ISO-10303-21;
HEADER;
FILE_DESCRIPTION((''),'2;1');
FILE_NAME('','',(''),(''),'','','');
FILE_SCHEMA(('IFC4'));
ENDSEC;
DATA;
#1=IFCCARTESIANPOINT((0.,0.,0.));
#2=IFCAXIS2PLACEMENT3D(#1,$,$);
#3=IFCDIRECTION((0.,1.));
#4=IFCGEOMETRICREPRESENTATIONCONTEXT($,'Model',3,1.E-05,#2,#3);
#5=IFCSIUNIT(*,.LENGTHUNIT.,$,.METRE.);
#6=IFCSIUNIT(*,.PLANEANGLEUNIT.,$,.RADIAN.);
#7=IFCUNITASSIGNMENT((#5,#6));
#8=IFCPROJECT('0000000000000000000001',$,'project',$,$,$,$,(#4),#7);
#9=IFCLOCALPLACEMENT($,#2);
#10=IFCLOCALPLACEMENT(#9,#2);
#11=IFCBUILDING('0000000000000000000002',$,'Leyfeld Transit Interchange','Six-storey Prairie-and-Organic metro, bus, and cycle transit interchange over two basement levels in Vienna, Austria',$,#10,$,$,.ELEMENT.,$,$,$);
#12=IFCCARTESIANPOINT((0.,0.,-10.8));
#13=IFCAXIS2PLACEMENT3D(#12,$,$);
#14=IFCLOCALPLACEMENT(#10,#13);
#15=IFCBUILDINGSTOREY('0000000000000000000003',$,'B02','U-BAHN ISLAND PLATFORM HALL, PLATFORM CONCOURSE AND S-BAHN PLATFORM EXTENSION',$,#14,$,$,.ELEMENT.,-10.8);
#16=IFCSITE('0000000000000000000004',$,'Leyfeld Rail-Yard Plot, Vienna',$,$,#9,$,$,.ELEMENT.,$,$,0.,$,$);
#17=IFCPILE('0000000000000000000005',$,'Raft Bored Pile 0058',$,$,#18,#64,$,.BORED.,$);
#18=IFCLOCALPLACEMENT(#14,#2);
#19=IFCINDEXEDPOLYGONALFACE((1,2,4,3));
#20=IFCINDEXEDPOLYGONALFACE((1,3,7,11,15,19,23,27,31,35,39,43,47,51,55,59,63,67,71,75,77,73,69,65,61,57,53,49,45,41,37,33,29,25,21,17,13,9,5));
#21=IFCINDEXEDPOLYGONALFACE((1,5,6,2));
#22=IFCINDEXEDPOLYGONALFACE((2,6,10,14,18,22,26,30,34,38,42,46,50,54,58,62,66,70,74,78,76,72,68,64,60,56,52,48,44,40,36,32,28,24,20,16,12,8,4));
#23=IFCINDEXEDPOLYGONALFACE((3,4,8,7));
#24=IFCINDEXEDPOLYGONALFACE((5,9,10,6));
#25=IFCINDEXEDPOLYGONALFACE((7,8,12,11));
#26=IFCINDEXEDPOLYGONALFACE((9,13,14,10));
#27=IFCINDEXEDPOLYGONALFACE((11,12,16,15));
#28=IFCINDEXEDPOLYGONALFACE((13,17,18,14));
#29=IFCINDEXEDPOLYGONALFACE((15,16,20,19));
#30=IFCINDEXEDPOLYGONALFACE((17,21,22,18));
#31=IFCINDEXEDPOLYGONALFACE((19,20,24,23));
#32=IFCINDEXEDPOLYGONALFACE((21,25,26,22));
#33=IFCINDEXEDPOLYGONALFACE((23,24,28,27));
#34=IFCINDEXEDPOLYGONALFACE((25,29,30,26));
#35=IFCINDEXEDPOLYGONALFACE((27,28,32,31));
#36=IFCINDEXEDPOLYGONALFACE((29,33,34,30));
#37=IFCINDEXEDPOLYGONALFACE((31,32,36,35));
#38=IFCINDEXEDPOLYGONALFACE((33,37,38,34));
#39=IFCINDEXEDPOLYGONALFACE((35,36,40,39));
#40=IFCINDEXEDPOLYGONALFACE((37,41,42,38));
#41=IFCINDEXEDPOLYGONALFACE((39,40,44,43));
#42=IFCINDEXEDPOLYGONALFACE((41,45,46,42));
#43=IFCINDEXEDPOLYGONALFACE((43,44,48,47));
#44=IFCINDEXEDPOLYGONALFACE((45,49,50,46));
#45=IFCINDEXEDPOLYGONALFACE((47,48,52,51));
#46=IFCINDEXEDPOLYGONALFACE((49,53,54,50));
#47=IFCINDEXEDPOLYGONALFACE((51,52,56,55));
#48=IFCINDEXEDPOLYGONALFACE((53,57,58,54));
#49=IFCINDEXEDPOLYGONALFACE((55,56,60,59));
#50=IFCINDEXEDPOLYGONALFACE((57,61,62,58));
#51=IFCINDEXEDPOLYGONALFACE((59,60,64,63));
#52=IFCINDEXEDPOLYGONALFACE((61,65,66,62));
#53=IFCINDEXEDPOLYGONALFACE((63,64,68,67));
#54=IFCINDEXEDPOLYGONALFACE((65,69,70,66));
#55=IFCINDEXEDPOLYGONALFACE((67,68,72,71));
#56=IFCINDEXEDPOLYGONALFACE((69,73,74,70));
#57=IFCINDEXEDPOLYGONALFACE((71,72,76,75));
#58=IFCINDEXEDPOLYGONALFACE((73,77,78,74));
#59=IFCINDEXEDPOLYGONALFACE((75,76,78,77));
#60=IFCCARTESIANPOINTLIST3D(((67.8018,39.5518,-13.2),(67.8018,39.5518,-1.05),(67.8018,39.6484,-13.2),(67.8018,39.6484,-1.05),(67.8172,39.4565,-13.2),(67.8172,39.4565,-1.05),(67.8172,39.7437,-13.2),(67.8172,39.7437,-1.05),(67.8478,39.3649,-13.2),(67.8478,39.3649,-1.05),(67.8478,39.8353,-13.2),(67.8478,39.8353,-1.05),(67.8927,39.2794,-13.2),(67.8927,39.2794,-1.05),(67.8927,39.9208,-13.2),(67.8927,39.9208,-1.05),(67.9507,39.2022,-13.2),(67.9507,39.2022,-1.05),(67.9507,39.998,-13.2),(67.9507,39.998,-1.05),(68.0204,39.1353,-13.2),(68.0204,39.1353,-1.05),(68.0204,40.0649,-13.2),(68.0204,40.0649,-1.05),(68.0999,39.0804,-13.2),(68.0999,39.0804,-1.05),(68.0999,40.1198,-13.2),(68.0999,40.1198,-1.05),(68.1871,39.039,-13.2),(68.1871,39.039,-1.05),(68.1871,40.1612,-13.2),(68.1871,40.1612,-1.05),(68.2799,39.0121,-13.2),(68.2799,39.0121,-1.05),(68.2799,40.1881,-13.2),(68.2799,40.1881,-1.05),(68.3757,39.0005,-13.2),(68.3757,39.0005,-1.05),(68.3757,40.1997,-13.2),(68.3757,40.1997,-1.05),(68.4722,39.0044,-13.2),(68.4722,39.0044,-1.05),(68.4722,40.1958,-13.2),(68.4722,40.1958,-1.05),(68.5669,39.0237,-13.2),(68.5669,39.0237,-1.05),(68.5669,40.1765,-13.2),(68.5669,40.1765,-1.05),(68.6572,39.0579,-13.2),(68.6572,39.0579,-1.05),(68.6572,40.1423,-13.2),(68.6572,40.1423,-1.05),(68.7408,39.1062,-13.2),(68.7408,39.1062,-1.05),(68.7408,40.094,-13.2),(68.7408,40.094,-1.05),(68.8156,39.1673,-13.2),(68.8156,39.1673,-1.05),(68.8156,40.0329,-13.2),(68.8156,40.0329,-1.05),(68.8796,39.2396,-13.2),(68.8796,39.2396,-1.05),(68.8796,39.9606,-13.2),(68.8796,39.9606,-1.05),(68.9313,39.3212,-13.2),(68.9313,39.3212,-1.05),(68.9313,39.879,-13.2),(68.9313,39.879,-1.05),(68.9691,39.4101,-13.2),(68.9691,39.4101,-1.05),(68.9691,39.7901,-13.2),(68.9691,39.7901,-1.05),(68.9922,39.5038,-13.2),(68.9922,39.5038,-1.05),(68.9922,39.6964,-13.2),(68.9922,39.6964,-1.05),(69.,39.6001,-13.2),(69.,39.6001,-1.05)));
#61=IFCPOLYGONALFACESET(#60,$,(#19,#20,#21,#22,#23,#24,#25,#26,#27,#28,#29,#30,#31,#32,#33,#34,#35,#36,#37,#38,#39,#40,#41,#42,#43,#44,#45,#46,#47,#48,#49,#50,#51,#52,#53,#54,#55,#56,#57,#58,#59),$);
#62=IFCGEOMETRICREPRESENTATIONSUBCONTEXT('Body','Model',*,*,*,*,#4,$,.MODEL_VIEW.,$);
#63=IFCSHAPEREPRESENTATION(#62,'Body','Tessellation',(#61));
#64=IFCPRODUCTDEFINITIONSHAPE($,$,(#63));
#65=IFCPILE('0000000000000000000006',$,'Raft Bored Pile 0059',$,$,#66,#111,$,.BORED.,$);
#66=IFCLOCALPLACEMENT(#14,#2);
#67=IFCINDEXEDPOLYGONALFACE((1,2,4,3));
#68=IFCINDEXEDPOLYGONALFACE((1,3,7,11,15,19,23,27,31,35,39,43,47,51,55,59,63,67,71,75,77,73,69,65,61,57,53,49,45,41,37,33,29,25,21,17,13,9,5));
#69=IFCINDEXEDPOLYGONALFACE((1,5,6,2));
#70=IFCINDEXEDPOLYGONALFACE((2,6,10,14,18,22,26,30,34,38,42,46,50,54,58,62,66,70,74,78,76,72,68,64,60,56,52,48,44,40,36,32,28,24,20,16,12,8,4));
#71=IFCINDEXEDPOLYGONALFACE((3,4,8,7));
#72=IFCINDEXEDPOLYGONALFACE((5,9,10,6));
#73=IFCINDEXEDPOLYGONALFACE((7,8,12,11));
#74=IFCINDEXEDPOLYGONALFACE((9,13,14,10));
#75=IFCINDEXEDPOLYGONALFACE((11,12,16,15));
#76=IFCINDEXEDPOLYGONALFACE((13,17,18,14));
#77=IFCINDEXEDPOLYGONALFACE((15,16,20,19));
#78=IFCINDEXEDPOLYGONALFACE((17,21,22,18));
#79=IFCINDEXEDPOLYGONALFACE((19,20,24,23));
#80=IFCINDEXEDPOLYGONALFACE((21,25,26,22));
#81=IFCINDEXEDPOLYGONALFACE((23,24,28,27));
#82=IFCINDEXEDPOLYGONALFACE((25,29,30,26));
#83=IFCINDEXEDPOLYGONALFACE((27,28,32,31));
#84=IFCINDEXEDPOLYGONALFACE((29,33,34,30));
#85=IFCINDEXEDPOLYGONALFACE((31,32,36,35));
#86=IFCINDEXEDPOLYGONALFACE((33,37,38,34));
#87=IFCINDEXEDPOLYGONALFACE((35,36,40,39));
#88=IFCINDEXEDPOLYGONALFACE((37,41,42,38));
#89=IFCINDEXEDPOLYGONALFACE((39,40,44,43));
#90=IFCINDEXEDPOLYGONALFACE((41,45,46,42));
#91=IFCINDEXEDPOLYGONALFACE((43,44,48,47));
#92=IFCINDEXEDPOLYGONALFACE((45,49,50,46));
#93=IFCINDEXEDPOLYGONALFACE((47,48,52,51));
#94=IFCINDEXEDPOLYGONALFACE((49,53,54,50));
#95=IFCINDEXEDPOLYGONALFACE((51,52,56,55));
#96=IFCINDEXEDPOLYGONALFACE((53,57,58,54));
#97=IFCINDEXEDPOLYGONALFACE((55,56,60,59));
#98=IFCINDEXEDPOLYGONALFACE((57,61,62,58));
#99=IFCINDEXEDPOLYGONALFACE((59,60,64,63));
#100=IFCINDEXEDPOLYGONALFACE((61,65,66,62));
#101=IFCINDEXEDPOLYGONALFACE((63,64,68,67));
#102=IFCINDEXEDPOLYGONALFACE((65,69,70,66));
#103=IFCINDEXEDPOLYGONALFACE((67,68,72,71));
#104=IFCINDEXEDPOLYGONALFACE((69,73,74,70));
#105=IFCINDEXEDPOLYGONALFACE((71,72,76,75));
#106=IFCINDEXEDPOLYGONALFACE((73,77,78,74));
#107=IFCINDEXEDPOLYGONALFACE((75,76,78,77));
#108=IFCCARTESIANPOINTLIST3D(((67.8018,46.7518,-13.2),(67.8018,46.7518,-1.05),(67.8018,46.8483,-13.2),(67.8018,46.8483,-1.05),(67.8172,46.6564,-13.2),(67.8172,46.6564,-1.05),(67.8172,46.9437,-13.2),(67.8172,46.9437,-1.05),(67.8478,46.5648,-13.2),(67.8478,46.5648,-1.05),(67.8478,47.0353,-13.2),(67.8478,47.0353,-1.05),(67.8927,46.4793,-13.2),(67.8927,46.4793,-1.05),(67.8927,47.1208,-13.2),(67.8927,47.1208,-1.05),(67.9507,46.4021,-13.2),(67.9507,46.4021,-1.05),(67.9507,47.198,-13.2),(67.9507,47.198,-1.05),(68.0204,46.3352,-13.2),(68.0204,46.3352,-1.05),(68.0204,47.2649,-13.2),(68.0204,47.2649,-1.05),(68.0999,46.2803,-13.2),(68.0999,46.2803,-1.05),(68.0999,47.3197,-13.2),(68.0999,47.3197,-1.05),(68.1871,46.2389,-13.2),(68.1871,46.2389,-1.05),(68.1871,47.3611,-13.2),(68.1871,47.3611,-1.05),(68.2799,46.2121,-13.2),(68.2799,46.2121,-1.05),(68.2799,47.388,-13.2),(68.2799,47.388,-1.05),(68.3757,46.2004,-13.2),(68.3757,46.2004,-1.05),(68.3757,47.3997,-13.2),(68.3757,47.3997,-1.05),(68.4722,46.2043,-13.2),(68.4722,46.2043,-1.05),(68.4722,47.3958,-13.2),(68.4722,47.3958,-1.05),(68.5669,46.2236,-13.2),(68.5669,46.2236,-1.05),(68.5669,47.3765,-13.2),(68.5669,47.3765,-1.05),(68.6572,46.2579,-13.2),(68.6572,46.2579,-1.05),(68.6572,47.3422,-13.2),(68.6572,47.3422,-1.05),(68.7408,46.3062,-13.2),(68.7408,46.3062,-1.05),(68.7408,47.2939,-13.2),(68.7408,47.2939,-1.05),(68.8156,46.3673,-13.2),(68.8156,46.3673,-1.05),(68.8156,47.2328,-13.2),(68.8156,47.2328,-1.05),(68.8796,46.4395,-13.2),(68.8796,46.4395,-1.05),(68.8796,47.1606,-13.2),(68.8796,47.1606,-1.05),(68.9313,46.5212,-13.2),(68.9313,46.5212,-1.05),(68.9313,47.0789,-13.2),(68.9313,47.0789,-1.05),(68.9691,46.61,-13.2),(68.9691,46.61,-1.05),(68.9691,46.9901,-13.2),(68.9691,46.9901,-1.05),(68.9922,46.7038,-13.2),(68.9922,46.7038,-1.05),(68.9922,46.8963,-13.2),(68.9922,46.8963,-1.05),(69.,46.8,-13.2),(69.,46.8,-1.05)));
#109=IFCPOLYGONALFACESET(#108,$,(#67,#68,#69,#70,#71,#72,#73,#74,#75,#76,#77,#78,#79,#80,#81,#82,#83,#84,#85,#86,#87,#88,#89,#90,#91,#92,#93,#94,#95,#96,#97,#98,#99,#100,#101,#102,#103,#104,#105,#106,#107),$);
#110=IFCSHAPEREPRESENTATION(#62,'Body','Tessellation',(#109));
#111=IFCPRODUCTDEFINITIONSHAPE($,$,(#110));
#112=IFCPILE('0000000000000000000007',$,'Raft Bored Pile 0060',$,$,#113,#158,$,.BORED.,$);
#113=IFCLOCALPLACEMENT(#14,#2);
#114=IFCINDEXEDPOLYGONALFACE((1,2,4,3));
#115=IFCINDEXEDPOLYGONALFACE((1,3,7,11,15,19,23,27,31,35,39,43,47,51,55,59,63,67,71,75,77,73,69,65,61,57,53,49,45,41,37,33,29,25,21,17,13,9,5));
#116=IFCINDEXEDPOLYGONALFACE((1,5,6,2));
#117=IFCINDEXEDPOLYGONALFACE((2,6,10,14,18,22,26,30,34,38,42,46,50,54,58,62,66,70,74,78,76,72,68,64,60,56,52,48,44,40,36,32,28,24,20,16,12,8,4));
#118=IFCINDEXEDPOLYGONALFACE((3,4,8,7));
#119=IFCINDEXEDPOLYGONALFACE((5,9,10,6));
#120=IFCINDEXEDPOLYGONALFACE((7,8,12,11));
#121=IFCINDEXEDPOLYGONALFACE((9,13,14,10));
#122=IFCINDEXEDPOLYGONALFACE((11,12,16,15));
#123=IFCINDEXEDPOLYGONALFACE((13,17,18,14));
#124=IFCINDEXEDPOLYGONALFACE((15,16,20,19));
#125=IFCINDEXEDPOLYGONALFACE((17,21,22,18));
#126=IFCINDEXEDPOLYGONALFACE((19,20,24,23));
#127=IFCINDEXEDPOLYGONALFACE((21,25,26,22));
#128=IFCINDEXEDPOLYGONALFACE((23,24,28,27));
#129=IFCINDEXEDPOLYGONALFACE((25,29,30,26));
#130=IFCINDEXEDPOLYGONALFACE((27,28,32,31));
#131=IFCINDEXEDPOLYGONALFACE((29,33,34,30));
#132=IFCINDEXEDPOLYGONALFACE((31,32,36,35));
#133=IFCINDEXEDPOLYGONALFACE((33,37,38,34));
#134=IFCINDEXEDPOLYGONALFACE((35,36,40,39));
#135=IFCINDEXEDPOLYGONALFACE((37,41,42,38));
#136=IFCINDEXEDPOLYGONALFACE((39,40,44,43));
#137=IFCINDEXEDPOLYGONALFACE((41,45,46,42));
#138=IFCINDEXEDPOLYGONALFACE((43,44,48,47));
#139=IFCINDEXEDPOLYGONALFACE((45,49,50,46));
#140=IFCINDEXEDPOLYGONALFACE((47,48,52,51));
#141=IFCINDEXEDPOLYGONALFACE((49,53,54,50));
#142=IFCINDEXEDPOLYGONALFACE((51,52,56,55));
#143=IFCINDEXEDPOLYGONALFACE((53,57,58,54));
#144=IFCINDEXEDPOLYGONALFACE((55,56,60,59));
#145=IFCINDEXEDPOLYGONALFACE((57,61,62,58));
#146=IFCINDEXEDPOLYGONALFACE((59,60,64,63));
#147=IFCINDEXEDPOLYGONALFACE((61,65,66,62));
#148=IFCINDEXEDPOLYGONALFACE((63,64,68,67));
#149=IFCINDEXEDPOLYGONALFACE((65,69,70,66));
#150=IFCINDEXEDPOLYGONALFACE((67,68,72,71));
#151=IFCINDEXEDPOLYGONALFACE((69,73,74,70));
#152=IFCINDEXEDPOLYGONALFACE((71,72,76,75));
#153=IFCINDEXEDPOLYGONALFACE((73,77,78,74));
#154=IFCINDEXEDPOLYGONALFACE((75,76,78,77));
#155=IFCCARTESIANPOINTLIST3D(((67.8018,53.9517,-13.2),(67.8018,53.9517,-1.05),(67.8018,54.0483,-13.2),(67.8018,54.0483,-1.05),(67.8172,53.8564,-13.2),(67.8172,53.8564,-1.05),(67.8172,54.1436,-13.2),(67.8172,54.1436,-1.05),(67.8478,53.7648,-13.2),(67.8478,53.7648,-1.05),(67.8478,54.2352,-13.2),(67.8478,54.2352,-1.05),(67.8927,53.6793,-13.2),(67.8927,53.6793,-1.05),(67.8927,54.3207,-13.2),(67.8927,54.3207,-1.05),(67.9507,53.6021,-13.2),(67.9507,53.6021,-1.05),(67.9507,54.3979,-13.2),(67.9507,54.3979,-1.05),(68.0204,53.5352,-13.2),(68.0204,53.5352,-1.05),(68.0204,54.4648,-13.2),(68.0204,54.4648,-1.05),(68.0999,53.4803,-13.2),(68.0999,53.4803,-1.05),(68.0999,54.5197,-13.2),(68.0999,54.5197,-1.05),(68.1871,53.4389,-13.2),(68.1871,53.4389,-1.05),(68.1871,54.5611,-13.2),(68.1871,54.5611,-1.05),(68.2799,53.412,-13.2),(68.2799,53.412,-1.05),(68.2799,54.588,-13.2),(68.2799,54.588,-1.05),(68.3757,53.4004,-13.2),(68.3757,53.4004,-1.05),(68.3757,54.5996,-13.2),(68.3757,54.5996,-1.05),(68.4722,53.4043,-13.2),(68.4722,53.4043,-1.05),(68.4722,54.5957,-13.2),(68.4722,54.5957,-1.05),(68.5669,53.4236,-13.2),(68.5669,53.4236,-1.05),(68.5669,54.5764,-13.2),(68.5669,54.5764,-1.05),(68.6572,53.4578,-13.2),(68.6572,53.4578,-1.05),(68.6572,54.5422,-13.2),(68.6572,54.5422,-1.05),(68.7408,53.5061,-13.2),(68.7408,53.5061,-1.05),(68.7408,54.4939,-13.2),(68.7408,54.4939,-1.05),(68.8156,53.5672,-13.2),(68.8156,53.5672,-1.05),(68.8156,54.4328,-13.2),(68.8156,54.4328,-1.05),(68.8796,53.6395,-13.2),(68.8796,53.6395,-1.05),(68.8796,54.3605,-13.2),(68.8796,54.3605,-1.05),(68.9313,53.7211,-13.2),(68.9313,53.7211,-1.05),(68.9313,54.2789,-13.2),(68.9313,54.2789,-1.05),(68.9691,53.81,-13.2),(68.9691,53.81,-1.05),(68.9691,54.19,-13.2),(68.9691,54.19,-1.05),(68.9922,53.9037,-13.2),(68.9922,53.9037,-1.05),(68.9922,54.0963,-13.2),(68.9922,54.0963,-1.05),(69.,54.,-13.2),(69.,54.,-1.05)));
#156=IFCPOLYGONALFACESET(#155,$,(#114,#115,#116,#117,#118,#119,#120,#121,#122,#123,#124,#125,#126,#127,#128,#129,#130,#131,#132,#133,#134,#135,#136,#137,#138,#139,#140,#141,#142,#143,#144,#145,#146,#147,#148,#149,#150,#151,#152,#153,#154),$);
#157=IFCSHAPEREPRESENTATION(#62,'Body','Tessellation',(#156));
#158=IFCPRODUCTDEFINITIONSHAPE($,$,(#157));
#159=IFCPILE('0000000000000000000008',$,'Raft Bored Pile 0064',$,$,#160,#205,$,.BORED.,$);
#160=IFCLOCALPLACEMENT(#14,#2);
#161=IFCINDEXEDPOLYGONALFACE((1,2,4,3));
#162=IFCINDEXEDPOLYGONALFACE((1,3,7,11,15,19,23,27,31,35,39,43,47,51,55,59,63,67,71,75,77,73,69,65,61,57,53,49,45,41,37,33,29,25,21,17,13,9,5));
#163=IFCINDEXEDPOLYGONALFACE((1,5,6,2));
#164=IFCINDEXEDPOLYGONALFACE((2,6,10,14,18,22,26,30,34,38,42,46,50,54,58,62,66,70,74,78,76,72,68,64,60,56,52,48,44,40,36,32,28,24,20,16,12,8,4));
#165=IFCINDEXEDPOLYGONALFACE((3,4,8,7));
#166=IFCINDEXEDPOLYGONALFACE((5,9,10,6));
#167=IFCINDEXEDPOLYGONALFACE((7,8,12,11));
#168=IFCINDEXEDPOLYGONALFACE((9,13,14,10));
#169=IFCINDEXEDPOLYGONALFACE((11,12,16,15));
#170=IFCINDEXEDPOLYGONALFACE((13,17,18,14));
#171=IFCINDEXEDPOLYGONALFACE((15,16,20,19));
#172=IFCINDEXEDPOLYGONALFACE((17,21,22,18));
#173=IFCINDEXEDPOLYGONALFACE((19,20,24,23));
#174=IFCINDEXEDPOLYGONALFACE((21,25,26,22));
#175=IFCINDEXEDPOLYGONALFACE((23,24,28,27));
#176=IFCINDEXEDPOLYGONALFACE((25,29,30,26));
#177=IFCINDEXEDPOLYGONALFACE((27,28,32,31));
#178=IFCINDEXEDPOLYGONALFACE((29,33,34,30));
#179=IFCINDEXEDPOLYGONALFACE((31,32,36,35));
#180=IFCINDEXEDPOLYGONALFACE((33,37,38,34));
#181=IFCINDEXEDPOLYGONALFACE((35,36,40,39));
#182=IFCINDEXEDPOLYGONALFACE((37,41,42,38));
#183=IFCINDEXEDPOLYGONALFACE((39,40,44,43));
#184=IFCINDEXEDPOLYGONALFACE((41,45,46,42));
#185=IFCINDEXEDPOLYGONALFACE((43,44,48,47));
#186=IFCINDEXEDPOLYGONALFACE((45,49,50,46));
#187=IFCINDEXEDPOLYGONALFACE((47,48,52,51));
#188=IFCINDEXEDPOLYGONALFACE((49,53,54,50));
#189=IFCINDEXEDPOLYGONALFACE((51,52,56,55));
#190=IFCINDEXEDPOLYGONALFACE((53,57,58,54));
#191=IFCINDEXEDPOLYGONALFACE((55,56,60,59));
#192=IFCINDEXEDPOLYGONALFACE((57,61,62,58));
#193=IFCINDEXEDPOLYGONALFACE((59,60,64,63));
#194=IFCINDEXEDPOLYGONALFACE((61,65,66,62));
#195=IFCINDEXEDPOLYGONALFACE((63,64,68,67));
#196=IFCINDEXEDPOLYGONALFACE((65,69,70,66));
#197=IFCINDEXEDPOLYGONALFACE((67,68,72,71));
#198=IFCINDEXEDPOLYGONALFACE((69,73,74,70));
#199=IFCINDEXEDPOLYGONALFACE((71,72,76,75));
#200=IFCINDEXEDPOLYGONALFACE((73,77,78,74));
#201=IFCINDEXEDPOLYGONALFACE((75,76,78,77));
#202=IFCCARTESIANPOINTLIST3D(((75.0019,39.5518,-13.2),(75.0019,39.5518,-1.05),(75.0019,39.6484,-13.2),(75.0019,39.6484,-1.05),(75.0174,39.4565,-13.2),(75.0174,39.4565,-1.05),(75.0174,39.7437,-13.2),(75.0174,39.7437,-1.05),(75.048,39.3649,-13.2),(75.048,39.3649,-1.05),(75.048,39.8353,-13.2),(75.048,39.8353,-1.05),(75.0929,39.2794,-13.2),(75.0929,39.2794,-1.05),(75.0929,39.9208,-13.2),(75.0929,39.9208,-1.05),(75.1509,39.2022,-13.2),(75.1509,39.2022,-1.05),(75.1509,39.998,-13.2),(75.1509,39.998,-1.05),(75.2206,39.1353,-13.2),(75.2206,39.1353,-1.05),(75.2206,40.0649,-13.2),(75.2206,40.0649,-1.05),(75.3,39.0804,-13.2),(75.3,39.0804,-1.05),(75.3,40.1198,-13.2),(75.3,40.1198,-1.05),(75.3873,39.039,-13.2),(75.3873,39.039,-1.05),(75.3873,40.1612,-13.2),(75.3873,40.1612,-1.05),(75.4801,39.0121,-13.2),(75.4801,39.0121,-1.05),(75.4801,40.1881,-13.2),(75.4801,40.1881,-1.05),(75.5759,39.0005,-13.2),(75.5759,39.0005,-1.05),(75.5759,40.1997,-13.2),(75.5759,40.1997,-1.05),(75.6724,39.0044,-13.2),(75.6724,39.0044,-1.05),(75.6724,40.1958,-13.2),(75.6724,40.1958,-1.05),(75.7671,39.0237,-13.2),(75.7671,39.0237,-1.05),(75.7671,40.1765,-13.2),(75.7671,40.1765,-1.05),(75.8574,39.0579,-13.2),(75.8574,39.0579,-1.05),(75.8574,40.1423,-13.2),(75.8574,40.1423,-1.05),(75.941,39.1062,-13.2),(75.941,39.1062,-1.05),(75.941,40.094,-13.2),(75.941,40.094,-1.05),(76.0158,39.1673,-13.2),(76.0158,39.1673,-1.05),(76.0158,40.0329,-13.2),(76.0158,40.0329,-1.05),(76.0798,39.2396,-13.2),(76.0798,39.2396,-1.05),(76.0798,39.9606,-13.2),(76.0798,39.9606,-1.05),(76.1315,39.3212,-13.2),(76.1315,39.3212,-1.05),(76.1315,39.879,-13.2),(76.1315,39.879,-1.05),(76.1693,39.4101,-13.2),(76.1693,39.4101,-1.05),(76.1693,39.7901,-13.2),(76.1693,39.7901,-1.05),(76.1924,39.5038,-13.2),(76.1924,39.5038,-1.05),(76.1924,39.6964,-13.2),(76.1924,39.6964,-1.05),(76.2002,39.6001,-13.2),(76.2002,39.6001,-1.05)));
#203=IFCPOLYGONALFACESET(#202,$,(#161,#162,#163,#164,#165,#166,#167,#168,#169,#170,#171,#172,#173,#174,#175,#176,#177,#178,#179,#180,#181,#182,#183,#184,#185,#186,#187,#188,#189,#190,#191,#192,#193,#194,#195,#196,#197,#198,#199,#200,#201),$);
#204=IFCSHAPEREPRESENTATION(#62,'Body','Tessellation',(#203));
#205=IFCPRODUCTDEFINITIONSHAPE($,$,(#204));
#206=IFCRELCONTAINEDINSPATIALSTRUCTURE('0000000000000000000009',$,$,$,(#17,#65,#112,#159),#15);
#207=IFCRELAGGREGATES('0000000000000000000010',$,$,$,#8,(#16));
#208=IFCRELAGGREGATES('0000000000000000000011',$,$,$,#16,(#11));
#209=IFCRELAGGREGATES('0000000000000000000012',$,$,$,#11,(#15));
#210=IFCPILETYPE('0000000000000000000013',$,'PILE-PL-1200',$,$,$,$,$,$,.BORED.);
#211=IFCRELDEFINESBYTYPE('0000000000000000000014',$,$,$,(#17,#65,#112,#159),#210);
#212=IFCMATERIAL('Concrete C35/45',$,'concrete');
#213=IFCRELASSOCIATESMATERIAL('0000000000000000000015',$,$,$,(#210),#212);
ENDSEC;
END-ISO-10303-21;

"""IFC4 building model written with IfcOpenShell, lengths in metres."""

from ifc_helpers import new_model, si_unit, direction, frame, origin, origin_2d, place, context, subcontext, project, spatial, circle, extrude, material, material_profile, profile_set, type_object, element, save


model = new_model("IFC4")

# Units and contexts
model_context = context("Model", 3, precision=1e-05, world=origin(), true_north=direction((0.0, 1.0)))
body_context = subcontext(model_context, "Body", "Model", "MODEL_VIEW")
ifc_project = project(units=[si_unit("LENGTHUNIT", "METRE"), si_unit("PLANEANGLEUNIT", "RADIAN")], contexts=[model_context])

# Site, building, storey
site_placement = place(None, origin())
site = spatial("IfcSite", under=ifc_project, at=site_placement, Name="Leyfeld Rail-Yard Plot, Vienna", CompositionType="ELEMENT", RefElevation=0.0)
building_placement = place(site_placement, origin())
building = spatial("IfcBuilding", under=site, at=building_placement, Name="Leyfeld Transit Interchange", Description="Six-storey Prairie-and-Organic metro, bus, and cycle transit interchange over two basement levels in Vienna, Austria", CompositionType="ELEMENT")
storey_placement = place(building_placement, frame((0.0, 0.0, -10.8)))
storey = spatial("IfcBuildingStorey", under=building, at=storey_placement, Name="B02", Description="U-BAHN ISLAND PLATFORM HALL, PLATFORM CONCOURSE AND S-BAHN PLATFORM EXTENSION", CompositionType="ELEMENT", Elevation=-10.8)

# Piles
ifc_material = material(Name="Concrete C35/45", Category="concrete")
ifc_material_profile_1 = material_profile(ifc_material, circle(Radius=0.6001, at=origin_2d()), Name="PILE D1200")
ifc_profile_set_1 = profile_set([ifc_material_profile_1], Name="Concrete C35/45")
pile_type = type_object("IfcPileType", Name="PILE-PL-1200", PredefinedType="BORED", material=ifc_profile_set_1)
for number, where, z_axis, x_axis, name in (
    (1, (68.3999, 39.6001, -1.05), (0.0, 0.0, -1.0), (1.0, 0.0, 0.0), "Raft Bored Pile 0058"),
    (2, (68.3999, 46.8, -1.05), (0.0, 0.0, -1.0), (1.0, 0.0, 0.0), "Raft Bored Pile 0059"),
    (3, (68.3999, 54.0, -1.05), (0.0, 0.0, -1.0), (1.0, 0.0, 0.0), "Raft Bored Pile 0060"),
    (4, (75.6001, 39.6001, -1.05), (0.0, 0.0, -1.0), (1.0, 0.0, 0.0), "Raft Bored Pile 0064"),
):
    element("IfcPile", number, at=place(storey_placement, frame(where, z_axis=z_axis, x_axis=x_axis)), inside=storey, type_object=pile_type, Name=name, PredefinedType="BORED", context=body_context, shape_type="SweptSolid", body=[
        extrude(circle(Radius=0.6001, at=origin_2d()), origin(), (0.0, 0.0, 1.0), 12.1499),
    ])

save(model, "model.ifc")
